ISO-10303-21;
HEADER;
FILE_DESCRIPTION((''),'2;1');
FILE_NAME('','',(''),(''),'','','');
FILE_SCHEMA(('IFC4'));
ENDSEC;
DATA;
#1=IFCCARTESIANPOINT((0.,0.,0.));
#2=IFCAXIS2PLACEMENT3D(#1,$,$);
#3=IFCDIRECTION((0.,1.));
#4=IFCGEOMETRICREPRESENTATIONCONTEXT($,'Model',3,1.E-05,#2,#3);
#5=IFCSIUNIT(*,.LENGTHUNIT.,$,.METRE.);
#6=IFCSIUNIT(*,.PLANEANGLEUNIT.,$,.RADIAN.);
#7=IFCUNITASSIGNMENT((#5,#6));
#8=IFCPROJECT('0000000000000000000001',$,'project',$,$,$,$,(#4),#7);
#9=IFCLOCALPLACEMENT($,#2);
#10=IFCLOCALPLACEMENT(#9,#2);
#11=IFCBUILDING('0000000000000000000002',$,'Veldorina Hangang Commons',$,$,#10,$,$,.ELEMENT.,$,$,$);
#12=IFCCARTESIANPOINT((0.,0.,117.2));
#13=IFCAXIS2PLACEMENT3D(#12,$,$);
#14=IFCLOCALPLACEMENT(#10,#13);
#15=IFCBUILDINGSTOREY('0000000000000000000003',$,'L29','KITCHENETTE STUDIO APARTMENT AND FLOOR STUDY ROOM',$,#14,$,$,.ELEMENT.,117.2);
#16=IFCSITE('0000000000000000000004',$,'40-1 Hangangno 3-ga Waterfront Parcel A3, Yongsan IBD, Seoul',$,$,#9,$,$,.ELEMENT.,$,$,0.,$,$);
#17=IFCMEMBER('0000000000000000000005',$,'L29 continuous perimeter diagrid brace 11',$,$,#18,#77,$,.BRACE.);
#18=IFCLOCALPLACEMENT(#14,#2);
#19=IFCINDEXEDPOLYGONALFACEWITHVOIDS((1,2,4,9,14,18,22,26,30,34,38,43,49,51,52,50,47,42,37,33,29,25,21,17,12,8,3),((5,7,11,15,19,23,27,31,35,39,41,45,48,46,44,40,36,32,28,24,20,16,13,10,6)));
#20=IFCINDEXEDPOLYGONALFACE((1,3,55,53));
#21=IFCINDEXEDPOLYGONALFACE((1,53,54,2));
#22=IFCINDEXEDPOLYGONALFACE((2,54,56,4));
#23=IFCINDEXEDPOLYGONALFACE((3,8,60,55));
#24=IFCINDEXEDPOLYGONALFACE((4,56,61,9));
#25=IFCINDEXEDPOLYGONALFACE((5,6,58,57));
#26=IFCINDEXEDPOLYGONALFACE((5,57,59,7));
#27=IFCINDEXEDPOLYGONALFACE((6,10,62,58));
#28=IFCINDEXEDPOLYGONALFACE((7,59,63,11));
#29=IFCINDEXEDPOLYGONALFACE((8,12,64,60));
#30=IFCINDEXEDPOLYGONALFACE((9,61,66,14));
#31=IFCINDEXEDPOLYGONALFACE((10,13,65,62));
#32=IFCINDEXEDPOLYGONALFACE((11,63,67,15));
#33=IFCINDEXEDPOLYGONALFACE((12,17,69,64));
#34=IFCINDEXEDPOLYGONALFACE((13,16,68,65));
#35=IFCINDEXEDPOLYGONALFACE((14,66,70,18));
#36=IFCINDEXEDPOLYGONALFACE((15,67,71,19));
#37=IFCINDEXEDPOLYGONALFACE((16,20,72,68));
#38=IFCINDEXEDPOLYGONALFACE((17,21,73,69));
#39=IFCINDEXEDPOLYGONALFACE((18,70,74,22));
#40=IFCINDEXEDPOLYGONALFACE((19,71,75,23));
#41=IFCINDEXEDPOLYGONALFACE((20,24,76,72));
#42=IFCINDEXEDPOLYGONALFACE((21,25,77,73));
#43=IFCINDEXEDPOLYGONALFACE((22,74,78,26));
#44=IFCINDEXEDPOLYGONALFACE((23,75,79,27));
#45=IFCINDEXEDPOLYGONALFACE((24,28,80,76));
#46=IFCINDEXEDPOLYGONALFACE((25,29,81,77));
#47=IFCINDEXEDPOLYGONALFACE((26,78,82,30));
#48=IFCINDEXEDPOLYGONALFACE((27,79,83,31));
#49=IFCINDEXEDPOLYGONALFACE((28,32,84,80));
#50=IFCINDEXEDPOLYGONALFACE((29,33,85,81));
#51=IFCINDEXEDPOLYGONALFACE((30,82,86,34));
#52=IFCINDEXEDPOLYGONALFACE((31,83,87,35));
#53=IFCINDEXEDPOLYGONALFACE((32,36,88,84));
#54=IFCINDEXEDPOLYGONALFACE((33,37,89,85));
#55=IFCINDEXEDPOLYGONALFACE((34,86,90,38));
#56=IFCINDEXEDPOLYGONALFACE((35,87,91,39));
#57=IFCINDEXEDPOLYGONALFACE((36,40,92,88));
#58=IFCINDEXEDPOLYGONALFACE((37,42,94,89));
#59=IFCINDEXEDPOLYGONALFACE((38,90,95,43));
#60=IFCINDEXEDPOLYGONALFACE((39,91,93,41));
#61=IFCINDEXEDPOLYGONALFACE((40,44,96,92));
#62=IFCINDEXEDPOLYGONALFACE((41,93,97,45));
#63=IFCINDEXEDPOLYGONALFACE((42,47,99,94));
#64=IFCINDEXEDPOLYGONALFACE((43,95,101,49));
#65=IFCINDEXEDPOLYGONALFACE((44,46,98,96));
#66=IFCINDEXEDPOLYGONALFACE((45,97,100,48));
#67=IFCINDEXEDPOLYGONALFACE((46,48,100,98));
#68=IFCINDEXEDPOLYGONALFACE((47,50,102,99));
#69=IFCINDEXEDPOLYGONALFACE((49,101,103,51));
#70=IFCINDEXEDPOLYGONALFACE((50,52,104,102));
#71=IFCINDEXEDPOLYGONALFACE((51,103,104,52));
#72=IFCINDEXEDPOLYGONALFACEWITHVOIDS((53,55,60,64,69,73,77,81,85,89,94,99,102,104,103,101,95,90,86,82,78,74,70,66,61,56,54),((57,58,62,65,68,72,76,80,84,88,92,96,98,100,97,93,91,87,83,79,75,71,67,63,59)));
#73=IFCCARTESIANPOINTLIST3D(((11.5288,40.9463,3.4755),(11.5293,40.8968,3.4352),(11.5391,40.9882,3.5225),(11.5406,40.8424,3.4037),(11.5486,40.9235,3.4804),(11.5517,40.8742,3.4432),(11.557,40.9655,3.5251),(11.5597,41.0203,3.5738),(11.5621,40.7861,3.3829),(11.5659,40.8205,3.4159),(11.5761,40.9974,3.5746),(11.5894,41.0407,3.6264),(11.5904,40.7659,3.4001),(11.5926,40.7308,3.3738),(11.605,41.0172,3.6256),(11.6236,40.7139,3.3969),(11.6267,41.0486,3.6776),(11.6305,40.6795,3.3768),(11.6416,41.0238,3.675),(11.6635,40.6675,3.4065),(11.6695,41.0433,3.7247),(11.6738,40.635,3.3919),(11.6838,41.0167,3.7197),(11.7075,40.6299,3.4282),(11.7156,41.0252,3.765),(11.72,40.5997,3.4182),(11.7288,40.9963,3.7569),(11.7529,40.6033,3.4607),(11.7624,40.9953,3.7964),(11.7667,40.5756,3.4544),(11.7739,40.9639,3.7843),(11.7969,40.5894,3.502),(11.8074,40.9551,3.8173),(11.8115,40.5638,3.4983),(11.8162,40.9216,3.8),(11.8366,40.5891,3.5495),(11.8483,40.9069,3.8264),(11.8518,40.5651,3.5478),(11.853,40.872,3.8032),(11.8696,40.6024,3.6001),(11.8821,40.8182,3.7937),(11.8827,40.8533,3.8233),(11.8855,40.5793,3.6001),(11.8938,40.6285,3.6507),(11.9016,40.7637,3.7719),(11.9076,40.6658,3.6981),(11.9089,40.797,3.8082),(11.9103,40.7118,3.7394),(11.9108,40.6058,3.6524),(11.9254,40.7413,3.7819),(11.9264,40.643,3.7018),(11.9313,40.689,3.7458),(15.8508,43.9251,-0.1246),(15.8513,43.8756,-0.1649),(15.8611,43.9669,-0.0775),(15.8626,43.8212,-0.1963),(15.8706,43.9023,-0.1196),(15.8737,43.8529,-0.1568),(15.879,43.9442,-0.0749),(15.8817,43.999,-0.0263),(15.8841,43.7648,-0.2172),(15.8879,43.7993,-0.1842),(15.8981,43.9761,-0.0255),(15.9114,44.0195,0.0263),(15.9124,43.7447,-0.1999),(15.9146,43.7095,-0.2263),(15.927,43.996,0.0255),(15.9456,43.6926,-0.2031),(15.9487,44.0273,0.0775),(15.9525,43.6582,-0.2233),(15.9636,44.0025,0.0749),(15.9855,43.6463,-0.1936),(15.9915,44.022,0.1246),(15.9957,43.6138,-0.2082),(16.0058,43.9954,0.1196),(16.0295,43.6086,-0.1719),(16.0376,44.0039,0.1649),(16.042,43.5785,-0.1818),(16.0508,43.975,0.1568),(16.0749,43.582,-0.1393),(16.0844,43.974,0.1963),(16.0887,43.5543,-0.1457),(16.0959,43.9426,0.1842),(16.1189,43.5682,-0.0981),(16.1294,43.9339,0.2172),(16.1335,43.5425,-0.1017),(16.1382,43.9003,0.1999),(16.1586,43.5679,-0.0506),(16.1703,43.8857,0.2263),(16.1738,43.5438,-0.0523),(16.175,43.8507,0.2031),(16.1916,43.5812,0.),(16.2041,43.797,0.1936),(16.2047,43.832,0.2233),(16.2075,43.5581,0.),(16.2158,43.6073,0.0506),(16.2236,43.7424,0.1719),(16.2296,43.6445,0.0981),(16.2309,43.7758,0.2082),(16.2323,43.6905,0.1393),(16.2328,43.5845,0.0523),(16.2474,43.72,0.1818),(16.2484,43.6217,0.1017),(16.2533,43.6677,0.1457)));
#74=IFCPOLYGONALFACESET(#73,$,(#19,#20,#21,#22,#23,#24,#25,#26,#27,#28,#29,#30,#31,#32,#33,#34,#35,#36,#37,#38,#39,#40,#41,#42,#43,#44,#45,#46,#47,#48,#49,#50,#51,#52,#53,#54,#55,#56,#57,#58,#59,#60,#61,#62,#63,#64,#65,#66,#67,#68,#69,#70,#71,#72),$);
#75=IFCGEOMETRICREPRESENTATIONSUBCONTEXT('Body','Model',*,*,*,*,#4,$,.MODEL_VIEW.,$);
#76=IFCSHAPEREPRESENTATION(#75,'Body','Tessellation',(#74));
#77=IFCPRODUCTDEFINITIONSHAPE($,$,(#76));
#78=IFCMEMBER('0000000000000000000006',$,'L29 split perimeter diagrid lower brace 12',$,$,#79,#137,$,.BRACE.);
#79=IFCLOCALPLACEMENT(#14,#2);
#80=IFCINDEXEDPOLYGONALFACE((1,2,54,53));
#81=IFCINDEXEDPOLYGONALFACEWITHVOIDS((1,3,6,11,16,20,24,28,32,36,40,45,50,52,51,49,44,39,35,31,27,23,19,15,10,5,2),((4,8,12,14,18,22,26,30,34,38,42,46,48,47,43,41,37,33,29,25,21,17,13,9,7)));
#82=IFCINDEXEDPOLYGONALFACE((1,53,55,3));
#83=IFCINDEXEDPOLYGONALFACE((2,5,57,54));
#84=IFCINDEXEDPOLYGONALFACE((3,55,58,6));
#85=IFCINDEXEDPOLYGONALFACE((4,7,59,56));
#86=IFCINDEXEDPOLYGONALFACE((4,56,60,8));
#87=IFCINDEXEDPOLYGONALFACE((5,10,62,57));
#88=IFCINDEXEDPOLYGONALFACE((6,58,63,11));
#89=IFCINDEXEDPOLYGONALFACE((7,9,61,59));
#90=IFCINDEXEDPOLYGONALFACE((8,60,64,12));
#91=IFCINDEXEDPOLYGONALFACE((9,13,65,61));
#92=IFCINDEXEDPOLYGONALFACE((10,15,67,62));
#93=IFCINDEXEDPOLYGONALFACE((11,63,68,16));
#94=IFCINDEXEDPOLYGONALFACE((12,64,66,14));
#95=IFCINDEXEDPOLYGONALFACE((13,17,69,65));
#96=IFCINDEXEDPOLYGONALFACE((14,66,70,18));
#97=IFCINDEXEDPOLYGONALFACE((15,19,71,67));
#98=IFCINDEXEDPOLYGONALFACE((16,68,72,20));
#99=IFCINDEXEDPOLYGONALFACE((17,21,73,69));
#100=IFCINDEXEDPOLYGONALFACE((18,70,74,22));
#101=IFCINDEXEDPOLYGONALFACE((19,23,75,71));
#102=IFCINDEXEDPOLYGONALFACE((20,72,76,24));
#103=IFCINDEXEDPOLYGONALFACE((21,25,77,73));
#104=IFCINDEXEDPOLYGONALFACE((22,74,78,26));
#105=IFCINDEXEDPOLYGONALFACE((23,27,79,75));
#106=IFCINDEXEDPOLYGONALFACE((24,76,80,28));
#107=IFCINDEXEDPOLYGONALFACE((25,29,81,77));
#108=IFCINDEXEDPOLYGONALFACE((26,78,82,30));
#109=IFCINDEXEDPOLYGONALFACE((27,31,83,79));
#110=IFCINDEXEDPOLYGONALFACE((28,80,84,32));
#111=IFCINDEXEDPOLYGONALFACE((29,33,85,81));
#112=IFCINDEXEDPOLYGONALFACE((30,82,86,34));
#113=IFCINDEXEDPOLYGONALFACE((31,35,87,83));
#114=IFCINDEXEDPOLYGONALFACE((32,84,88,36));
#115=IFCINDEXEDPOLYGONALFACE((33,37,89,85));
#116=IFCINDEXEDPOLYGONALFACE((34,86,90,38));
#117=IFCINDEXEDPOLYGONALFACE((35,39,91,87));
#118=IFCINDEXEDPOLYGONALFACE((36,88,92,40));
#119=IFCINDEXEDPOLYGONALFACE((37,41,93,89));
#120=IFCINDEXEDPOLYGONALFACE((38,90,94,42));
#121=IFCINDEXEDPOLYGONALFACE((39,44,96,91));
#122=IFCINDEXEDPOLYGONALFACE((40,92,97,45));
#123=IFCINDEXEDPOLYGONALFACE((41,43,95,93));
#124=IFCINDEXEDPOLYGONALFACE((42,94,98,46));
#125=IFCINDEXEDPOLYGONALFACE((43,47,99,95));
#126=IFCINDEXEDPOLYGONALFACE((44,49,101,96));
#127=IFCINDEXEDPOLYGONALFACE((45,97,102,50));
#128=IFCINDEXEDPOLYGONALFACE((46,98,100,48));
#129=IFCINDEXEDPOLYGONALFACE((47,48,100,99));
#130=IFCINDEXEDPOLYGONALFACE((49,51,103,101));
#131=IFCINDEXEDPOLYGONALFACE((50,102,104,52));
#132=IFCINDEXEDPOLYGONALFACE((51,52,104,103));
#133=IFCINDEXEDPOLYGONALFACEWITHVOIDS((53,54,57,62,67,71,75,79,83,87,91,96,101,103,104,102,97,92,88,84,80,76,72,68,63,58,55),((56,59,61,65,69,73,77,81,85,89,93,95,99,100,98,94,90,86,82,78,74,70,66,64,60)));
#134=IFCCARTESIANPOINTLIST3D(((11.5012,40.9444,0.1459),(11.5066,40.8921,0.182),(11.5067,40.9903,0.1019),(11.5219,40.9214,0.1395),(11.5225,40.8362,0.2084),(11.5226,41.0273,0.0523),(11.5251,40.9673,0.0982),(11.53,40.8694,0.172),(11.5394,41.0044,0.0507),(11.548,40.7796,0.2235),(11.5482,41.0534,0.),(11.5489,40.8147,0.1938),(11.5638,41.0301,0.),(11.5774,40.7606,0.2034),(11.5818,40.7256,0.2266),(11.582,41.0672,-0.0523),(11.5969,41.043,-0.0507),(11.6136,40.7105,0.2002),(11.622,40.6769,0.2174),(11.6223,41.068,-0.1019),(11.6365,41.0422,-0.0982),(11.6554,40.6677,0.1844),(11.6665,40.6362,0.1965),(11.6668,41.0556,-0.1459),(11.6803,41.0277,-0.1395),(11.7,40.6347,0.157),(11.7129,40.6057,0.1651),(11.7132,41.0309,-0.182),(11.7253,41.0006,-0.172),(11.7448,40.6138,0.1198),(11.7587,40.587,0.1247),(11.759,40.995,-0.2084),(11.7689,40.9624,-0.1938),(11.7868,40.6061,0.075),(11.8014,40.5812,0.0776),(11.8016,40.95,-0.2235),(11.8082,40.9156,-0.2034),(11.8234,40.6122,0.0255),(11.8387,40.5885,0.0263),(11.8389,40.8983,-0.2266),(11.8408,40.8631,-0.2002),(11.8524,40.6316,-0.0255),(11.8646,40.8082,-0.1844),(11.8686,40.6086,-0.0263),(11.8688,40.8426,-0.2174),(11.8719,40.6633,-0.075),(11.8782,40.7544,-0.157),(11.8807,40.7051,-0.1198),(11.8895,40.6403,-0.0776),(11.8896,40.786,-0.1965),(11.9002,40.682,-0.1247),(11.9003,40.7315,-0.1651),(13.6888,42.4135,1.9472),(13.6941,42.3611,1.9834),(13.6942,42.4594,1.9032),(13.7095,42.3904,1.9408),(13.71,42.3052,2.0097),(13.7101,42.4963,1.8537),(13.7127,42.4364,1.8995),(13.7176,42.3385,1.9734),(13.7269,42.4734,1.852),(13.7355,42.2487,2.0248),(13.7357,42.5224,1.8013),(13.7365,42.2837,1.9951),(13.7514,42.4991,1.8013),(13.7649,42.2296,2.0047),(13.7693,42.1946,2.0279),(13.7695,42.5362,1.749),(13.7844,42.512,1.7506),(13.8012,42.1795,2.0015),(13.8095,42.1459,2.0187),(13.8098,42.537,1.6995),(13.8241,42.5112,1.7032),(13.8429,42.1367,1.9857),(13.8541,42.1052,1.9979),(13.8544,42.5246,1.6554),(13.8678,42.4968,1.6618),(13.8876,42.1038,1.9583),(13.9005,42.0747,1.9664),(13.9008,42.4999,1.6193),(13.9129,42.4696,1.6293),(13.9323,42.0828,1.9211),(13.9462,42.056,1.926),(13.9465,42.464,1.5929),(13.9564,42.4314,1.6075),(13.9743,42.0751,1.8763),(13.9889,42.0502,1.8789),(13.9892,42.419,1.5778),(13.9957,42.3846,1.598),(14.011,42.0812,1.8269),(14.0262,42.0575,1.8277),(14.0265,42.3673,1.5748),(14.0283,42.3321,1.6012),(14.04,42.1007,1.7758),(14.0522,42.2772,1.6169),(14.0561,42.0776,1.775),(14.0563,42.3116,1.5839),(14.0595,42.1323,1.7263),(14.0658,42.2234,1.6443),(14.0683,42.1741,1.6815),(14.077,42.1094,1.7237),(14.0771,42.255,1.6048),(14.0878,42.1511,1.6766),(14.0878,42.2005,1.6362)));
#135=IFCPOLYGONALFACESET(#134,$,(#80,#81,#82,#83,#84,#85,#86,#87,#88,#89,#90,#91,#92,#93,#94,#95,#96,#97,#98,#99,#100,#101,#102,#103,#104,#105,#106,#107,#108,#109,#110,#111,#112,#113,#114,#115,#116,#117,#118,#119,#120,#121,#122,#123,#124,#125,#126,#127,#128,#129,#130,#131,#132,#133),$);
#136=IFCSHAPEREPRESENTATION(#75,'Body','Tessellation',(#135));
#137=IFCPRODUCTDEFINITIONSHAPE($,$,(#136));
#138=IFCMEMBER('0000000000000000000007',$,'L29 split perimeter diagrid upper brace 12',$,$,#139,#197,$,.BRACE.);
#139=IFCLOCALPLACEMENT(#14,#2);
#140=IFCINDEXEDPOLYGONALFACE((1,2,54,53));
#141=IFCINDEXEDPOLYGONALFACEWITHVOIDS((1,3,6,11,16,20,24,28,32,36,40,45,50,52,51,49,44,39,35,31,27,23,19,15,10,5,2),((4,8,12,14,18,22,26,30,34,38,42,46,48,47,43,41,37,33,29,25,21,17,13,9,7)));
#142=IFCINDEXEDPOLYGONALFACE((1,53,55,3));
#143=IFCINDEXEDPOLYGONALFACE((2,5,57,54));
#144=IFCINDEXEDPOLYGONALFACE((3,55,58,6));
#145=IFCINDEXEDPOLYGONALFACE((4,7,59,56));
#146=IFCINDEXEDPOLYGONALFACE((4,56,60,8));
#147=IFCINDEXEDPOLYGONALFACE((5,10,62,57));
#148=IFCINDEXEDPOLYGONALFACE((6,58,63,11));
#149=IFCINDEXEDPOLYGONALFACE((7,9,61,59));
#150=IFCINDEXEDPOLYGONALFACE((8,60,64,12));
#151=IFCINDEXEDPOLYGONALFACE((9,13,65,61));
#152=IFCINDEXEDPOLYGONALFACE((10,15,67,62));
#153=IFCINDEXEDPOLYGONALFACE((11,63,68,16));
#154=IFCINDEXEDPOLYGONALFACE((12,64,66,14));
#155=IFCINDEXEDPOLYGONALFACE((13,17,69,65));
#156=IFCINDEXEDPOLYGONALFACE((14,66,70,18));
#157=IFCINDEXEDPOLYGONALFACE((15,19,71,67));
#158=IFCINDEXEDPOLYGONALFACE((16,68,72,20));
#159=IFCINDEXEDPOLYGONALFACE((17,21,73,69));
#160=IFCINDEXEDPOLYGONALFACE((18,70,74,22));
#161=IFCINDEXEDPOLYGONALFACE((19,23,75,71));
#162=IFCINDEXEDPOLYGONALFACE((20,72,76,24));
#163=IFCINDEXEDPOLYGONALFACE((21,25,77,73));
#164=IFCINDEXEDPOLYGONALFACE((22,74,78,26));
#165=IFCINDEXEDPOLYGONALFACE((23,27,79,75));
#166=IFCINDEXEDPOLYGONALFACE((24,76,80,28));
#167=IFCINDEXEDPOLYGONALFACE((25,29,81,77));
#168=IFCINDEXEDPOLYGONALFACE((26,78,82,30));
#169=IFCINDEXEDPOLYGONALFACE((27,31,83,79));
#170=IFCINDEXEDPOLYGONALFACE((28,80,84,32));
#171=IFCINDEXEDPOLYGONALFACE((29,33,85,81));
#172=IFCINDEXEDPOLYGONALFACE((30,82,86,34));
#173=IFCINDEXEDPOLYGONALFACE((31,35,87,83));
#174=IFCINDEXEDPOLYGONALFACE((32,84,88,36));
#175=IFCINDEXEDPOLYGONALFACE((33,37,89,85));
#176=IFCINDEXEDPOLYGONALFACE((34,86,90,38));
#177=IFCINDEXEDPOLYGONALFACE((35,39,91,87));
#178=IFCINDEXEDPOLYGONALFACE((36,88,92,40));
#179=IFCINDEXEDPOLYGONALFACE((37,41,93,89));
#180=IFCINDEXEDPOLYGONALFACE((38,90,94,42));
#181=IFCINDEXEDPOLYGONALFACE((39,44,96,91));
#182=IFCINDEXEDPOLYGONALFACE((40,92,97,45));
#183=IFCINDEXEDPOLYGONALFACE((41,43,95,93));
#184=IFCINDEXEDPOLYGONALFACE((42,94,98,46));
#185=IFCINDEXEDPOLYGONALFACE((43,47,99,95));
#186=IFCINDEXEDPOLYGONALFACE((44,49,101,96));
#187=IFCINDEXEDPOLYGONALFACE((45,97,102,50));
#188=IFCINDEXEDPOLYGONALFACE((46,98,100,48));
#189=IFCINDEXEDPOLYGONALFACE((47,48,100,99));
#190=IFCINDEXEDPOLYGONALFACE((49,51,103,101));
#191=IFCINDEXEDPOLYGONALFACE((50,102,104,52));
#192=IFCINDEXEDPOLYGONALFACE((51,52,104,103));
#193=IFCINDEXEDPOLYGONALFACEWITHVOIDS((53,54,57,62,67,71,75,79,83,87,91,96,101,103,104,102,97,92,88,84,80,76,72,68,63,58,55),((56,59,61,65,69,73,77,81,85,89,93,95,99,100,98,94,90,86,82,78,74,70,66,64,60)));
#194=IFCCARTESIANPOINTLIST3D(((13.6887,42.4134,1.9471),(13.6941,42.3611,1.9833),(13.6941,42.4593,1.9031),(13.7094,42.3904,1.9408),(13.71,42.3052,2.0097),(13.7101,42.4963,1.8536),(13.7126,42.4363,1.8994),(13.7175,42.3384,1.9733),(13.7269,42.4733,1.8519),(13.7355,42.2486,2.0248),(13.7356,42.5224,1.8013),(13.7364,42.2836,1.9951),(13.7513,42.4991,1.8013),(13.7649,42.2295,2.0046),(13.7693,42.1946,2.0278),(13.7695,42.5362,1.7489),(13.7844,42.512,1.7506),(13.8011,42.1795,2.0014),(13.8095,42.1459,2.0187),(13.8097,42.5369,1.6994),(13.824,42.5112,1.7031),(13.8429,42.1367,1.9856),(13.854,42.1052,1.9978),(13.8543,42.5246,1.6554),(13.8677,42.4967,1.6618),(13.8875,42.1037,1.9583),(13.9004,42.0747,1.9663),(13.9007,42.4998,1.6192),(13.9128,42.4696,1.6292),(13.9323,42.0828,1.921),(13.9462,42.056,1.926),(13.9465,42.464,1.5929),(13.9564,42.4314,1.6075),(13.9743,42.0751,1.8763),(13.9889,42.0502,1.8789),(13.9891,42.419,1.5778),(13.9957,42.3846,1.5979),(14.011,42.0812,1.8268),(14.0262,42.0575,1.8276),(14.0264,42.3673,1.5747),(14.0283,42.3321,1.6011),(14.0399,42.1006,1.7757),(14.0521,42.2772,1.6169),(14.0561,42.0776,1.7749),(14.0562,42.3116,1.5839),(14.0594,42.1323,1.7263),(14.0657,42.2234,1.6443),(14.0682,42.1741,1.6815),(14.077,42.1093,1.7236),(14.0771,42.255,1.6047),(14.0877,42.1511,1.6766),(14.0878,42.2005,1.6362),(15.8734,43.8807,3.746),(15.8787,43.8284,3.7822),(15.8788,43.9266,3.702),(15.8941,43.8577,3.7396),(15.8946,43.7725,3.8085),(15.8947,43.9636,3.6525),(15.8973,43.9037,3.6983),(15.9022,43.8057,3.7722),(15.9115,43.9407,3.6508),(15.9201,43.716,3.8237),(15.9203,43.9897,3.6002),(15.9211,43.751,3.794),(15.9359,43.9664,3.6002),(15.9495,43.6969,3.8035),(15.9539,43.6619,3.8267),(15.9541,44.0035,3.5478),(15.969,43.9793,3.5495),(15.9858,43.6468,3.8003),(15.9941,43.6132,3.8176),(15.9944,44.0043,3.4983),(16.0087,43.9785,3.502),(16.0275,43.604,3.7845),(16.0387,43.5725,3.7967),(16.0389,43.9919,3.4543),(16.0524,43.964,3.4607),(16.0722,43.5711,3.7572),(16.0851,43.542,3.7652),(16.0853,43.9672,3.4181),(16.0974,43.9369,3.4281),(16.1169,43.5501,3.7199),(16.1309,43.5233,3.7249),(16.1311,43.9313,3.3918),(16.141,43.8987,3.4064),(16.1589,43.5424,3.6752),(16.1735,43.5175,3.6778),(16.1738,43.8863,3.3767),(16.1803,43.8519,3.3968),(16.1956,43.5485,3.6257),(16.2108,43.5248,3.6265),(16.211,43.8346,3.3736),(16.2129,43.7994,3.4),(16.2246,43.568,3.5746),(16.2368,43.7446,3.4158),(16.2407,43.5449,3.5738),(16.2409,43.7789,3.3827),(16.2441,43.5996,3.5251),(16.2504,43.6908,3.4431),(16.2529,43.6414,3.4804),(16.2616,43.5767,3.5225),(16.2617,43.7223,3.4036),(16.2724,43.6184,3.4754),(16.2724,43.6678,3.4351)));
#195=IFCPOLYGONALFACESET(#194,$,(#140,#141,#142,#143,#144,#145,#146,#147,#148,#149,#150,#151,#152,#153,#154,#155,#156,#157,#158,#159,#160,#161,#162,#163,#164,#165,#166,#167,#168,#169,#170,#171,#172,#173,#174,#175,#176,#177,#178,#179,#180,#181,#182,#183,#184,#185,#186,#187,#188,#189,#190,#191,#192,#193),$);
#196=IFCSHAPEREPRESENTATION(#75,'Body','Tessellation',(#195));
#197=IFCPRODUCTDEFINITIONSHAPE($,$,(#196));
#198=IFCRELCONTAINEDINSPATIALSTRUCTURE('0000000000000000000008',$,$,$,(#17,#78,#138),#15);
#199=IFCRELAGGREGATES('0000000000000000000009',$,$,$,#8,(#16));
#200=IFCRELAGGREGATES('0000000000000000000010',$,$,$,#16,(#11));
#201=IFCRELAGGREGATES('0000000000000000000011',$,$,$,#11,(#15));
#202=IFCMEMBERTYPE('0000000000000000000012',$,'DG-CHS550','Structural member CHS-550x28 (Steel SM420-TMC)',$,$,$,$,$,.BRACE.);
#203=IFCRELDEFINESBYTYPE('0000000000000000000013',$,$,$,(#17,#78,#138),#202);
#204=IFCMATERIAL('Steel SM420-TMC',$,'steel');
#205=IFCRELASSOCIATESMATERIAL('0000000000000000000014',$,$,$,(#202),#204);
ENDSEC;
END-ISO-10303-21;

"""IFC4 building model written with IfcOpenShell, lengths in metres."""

from ifc_helpers import new_model, si_unit, direction, frame, origin, origin_2d, place, context, subcontext, project, spatial, hollow_circle, extrude, material, material_profile, profile_set, type_object, element, save


model = new_model("IFC4")

# Units and contexts
model_context = context("Model", 3, precision=1e-05, world=origin(), true_north=direction((0.0, 1.0)))
body_context = subcontext(model_context, "Body", "Model", "MODEL_VIEW")
ifc_project = project(units=[si_unit("LENGTHUNIT", "METRE"), si_unit("PLANEANGLEUNIT", "RADIAN")], contexts=[model_context])

# Site, building, storey
site_placement = place(None, origin())
site = spatial("IfcSite", under=ifc_project, at=site_placement, Name="40-1 Hangangno 3-ga Waterfront Parcel A3, Yongsan IBD, Seoul", CompositionType="ELEMENT", RefElevation=0.0)
building_placement = place(site_placement, origin())
building = spatial("IfcBuilding", under=site, at=building_placement, Name="Veldorina Hangang Commons", CompositionType="ELEMENT")
storey_placement = place(building_placement, frame((0.0, 0.0, 117.2)))
storey = spatial("IfcBuildingStorey", under=building, at=storey_placement, Name="L29", Description="KITCHENETTE STUDIO APARTMENT AND FLOOR STUDY ROOM", CompositionType="ELEMENT", Elevation=117.2)

# Shared definitions
ifc_material_1 = material(Name="Steel SM420-TMC", Category="steel")

# Members
ifc_material_profile_1 = material_profile(ifc_material_1, hollow_circle(Radius=0.2749, WallThickness=0.0281, at=origin_2d()), Name="CHS-550x28")
ifc_profile_set_1 = profile_set([ifc_material_profile_1], Name="Steel SM420-TMC")
member_type = type_object("IfcMemberType", Name="DG-CHS550", Description="Structural member CHS-550x28 (Steel SM420-TMC)", PredefinedType="BRACE", material=ifc_profile_set_1)
member_1_placement = place(storey_placement, frame((16.0515, 43.7844, 0.0), z_axis=(-0.679026, -0.467988, 0.565606), x_axis=(0.567482, -0.823386, 0.0)))
element("IfcMember", 1, at=member_1_placement, inside=storey, type_object=member_type, Name="L29 continuous perimeter diagrid brace 11", PredefinedType="BRACE", context=body_context, shape_type="SweptSolid", body=[
    extrude(hollow_circle(Radius=0.2749, WallThickness=0.0281, at=origin_2d()), origin(), (0.0, 0.0, 1.0), 6.365),
])
member_2_placement = place(storey_placement, frame((11.7014, 40.8252, 0.0), z_axis=(0.685347, 0.460238, 0.564341), x_axis=(-0.557498, 0.830178, 0.0)))
element("IfcMember", 2, at=member_2_placement, inside=storey, type_object=member_type, Name="L29 split perimeter diagrid lower brace 12", PredefinedType="BRACE", context=body_context, shape_type="SweptSolid", body=[
    extrude(hollow_circle(Radius=0.2749, WallThickness=0.0281, at=origin_2d()), origin(), (0.0, 0.0, 1.0), 3.1919),
])
member_3_placement = place(storey_placement, frame((13.8889, 42.2942, 1.8013), z_axis=(0.685325, 0.460304, 0.564313), x_axis=(-0.557566, 0.830133, 0.0)))
element("IfcMember", 3, at=member_3_placement, inside=storey, type_object=member_type, Name="L29 split perimeter diagrid upper brace 12", PredefinedType="BRACE", context=body_context, shape_type="SweptSolid", body=[
    extrude(hollow_circle(Radius=0.2749, WallThickness=0.0281, at=origin_2d()), origin(), (0.0, 0.0, 1.0), 3.1877),
])

save(model, "model.ifc")
